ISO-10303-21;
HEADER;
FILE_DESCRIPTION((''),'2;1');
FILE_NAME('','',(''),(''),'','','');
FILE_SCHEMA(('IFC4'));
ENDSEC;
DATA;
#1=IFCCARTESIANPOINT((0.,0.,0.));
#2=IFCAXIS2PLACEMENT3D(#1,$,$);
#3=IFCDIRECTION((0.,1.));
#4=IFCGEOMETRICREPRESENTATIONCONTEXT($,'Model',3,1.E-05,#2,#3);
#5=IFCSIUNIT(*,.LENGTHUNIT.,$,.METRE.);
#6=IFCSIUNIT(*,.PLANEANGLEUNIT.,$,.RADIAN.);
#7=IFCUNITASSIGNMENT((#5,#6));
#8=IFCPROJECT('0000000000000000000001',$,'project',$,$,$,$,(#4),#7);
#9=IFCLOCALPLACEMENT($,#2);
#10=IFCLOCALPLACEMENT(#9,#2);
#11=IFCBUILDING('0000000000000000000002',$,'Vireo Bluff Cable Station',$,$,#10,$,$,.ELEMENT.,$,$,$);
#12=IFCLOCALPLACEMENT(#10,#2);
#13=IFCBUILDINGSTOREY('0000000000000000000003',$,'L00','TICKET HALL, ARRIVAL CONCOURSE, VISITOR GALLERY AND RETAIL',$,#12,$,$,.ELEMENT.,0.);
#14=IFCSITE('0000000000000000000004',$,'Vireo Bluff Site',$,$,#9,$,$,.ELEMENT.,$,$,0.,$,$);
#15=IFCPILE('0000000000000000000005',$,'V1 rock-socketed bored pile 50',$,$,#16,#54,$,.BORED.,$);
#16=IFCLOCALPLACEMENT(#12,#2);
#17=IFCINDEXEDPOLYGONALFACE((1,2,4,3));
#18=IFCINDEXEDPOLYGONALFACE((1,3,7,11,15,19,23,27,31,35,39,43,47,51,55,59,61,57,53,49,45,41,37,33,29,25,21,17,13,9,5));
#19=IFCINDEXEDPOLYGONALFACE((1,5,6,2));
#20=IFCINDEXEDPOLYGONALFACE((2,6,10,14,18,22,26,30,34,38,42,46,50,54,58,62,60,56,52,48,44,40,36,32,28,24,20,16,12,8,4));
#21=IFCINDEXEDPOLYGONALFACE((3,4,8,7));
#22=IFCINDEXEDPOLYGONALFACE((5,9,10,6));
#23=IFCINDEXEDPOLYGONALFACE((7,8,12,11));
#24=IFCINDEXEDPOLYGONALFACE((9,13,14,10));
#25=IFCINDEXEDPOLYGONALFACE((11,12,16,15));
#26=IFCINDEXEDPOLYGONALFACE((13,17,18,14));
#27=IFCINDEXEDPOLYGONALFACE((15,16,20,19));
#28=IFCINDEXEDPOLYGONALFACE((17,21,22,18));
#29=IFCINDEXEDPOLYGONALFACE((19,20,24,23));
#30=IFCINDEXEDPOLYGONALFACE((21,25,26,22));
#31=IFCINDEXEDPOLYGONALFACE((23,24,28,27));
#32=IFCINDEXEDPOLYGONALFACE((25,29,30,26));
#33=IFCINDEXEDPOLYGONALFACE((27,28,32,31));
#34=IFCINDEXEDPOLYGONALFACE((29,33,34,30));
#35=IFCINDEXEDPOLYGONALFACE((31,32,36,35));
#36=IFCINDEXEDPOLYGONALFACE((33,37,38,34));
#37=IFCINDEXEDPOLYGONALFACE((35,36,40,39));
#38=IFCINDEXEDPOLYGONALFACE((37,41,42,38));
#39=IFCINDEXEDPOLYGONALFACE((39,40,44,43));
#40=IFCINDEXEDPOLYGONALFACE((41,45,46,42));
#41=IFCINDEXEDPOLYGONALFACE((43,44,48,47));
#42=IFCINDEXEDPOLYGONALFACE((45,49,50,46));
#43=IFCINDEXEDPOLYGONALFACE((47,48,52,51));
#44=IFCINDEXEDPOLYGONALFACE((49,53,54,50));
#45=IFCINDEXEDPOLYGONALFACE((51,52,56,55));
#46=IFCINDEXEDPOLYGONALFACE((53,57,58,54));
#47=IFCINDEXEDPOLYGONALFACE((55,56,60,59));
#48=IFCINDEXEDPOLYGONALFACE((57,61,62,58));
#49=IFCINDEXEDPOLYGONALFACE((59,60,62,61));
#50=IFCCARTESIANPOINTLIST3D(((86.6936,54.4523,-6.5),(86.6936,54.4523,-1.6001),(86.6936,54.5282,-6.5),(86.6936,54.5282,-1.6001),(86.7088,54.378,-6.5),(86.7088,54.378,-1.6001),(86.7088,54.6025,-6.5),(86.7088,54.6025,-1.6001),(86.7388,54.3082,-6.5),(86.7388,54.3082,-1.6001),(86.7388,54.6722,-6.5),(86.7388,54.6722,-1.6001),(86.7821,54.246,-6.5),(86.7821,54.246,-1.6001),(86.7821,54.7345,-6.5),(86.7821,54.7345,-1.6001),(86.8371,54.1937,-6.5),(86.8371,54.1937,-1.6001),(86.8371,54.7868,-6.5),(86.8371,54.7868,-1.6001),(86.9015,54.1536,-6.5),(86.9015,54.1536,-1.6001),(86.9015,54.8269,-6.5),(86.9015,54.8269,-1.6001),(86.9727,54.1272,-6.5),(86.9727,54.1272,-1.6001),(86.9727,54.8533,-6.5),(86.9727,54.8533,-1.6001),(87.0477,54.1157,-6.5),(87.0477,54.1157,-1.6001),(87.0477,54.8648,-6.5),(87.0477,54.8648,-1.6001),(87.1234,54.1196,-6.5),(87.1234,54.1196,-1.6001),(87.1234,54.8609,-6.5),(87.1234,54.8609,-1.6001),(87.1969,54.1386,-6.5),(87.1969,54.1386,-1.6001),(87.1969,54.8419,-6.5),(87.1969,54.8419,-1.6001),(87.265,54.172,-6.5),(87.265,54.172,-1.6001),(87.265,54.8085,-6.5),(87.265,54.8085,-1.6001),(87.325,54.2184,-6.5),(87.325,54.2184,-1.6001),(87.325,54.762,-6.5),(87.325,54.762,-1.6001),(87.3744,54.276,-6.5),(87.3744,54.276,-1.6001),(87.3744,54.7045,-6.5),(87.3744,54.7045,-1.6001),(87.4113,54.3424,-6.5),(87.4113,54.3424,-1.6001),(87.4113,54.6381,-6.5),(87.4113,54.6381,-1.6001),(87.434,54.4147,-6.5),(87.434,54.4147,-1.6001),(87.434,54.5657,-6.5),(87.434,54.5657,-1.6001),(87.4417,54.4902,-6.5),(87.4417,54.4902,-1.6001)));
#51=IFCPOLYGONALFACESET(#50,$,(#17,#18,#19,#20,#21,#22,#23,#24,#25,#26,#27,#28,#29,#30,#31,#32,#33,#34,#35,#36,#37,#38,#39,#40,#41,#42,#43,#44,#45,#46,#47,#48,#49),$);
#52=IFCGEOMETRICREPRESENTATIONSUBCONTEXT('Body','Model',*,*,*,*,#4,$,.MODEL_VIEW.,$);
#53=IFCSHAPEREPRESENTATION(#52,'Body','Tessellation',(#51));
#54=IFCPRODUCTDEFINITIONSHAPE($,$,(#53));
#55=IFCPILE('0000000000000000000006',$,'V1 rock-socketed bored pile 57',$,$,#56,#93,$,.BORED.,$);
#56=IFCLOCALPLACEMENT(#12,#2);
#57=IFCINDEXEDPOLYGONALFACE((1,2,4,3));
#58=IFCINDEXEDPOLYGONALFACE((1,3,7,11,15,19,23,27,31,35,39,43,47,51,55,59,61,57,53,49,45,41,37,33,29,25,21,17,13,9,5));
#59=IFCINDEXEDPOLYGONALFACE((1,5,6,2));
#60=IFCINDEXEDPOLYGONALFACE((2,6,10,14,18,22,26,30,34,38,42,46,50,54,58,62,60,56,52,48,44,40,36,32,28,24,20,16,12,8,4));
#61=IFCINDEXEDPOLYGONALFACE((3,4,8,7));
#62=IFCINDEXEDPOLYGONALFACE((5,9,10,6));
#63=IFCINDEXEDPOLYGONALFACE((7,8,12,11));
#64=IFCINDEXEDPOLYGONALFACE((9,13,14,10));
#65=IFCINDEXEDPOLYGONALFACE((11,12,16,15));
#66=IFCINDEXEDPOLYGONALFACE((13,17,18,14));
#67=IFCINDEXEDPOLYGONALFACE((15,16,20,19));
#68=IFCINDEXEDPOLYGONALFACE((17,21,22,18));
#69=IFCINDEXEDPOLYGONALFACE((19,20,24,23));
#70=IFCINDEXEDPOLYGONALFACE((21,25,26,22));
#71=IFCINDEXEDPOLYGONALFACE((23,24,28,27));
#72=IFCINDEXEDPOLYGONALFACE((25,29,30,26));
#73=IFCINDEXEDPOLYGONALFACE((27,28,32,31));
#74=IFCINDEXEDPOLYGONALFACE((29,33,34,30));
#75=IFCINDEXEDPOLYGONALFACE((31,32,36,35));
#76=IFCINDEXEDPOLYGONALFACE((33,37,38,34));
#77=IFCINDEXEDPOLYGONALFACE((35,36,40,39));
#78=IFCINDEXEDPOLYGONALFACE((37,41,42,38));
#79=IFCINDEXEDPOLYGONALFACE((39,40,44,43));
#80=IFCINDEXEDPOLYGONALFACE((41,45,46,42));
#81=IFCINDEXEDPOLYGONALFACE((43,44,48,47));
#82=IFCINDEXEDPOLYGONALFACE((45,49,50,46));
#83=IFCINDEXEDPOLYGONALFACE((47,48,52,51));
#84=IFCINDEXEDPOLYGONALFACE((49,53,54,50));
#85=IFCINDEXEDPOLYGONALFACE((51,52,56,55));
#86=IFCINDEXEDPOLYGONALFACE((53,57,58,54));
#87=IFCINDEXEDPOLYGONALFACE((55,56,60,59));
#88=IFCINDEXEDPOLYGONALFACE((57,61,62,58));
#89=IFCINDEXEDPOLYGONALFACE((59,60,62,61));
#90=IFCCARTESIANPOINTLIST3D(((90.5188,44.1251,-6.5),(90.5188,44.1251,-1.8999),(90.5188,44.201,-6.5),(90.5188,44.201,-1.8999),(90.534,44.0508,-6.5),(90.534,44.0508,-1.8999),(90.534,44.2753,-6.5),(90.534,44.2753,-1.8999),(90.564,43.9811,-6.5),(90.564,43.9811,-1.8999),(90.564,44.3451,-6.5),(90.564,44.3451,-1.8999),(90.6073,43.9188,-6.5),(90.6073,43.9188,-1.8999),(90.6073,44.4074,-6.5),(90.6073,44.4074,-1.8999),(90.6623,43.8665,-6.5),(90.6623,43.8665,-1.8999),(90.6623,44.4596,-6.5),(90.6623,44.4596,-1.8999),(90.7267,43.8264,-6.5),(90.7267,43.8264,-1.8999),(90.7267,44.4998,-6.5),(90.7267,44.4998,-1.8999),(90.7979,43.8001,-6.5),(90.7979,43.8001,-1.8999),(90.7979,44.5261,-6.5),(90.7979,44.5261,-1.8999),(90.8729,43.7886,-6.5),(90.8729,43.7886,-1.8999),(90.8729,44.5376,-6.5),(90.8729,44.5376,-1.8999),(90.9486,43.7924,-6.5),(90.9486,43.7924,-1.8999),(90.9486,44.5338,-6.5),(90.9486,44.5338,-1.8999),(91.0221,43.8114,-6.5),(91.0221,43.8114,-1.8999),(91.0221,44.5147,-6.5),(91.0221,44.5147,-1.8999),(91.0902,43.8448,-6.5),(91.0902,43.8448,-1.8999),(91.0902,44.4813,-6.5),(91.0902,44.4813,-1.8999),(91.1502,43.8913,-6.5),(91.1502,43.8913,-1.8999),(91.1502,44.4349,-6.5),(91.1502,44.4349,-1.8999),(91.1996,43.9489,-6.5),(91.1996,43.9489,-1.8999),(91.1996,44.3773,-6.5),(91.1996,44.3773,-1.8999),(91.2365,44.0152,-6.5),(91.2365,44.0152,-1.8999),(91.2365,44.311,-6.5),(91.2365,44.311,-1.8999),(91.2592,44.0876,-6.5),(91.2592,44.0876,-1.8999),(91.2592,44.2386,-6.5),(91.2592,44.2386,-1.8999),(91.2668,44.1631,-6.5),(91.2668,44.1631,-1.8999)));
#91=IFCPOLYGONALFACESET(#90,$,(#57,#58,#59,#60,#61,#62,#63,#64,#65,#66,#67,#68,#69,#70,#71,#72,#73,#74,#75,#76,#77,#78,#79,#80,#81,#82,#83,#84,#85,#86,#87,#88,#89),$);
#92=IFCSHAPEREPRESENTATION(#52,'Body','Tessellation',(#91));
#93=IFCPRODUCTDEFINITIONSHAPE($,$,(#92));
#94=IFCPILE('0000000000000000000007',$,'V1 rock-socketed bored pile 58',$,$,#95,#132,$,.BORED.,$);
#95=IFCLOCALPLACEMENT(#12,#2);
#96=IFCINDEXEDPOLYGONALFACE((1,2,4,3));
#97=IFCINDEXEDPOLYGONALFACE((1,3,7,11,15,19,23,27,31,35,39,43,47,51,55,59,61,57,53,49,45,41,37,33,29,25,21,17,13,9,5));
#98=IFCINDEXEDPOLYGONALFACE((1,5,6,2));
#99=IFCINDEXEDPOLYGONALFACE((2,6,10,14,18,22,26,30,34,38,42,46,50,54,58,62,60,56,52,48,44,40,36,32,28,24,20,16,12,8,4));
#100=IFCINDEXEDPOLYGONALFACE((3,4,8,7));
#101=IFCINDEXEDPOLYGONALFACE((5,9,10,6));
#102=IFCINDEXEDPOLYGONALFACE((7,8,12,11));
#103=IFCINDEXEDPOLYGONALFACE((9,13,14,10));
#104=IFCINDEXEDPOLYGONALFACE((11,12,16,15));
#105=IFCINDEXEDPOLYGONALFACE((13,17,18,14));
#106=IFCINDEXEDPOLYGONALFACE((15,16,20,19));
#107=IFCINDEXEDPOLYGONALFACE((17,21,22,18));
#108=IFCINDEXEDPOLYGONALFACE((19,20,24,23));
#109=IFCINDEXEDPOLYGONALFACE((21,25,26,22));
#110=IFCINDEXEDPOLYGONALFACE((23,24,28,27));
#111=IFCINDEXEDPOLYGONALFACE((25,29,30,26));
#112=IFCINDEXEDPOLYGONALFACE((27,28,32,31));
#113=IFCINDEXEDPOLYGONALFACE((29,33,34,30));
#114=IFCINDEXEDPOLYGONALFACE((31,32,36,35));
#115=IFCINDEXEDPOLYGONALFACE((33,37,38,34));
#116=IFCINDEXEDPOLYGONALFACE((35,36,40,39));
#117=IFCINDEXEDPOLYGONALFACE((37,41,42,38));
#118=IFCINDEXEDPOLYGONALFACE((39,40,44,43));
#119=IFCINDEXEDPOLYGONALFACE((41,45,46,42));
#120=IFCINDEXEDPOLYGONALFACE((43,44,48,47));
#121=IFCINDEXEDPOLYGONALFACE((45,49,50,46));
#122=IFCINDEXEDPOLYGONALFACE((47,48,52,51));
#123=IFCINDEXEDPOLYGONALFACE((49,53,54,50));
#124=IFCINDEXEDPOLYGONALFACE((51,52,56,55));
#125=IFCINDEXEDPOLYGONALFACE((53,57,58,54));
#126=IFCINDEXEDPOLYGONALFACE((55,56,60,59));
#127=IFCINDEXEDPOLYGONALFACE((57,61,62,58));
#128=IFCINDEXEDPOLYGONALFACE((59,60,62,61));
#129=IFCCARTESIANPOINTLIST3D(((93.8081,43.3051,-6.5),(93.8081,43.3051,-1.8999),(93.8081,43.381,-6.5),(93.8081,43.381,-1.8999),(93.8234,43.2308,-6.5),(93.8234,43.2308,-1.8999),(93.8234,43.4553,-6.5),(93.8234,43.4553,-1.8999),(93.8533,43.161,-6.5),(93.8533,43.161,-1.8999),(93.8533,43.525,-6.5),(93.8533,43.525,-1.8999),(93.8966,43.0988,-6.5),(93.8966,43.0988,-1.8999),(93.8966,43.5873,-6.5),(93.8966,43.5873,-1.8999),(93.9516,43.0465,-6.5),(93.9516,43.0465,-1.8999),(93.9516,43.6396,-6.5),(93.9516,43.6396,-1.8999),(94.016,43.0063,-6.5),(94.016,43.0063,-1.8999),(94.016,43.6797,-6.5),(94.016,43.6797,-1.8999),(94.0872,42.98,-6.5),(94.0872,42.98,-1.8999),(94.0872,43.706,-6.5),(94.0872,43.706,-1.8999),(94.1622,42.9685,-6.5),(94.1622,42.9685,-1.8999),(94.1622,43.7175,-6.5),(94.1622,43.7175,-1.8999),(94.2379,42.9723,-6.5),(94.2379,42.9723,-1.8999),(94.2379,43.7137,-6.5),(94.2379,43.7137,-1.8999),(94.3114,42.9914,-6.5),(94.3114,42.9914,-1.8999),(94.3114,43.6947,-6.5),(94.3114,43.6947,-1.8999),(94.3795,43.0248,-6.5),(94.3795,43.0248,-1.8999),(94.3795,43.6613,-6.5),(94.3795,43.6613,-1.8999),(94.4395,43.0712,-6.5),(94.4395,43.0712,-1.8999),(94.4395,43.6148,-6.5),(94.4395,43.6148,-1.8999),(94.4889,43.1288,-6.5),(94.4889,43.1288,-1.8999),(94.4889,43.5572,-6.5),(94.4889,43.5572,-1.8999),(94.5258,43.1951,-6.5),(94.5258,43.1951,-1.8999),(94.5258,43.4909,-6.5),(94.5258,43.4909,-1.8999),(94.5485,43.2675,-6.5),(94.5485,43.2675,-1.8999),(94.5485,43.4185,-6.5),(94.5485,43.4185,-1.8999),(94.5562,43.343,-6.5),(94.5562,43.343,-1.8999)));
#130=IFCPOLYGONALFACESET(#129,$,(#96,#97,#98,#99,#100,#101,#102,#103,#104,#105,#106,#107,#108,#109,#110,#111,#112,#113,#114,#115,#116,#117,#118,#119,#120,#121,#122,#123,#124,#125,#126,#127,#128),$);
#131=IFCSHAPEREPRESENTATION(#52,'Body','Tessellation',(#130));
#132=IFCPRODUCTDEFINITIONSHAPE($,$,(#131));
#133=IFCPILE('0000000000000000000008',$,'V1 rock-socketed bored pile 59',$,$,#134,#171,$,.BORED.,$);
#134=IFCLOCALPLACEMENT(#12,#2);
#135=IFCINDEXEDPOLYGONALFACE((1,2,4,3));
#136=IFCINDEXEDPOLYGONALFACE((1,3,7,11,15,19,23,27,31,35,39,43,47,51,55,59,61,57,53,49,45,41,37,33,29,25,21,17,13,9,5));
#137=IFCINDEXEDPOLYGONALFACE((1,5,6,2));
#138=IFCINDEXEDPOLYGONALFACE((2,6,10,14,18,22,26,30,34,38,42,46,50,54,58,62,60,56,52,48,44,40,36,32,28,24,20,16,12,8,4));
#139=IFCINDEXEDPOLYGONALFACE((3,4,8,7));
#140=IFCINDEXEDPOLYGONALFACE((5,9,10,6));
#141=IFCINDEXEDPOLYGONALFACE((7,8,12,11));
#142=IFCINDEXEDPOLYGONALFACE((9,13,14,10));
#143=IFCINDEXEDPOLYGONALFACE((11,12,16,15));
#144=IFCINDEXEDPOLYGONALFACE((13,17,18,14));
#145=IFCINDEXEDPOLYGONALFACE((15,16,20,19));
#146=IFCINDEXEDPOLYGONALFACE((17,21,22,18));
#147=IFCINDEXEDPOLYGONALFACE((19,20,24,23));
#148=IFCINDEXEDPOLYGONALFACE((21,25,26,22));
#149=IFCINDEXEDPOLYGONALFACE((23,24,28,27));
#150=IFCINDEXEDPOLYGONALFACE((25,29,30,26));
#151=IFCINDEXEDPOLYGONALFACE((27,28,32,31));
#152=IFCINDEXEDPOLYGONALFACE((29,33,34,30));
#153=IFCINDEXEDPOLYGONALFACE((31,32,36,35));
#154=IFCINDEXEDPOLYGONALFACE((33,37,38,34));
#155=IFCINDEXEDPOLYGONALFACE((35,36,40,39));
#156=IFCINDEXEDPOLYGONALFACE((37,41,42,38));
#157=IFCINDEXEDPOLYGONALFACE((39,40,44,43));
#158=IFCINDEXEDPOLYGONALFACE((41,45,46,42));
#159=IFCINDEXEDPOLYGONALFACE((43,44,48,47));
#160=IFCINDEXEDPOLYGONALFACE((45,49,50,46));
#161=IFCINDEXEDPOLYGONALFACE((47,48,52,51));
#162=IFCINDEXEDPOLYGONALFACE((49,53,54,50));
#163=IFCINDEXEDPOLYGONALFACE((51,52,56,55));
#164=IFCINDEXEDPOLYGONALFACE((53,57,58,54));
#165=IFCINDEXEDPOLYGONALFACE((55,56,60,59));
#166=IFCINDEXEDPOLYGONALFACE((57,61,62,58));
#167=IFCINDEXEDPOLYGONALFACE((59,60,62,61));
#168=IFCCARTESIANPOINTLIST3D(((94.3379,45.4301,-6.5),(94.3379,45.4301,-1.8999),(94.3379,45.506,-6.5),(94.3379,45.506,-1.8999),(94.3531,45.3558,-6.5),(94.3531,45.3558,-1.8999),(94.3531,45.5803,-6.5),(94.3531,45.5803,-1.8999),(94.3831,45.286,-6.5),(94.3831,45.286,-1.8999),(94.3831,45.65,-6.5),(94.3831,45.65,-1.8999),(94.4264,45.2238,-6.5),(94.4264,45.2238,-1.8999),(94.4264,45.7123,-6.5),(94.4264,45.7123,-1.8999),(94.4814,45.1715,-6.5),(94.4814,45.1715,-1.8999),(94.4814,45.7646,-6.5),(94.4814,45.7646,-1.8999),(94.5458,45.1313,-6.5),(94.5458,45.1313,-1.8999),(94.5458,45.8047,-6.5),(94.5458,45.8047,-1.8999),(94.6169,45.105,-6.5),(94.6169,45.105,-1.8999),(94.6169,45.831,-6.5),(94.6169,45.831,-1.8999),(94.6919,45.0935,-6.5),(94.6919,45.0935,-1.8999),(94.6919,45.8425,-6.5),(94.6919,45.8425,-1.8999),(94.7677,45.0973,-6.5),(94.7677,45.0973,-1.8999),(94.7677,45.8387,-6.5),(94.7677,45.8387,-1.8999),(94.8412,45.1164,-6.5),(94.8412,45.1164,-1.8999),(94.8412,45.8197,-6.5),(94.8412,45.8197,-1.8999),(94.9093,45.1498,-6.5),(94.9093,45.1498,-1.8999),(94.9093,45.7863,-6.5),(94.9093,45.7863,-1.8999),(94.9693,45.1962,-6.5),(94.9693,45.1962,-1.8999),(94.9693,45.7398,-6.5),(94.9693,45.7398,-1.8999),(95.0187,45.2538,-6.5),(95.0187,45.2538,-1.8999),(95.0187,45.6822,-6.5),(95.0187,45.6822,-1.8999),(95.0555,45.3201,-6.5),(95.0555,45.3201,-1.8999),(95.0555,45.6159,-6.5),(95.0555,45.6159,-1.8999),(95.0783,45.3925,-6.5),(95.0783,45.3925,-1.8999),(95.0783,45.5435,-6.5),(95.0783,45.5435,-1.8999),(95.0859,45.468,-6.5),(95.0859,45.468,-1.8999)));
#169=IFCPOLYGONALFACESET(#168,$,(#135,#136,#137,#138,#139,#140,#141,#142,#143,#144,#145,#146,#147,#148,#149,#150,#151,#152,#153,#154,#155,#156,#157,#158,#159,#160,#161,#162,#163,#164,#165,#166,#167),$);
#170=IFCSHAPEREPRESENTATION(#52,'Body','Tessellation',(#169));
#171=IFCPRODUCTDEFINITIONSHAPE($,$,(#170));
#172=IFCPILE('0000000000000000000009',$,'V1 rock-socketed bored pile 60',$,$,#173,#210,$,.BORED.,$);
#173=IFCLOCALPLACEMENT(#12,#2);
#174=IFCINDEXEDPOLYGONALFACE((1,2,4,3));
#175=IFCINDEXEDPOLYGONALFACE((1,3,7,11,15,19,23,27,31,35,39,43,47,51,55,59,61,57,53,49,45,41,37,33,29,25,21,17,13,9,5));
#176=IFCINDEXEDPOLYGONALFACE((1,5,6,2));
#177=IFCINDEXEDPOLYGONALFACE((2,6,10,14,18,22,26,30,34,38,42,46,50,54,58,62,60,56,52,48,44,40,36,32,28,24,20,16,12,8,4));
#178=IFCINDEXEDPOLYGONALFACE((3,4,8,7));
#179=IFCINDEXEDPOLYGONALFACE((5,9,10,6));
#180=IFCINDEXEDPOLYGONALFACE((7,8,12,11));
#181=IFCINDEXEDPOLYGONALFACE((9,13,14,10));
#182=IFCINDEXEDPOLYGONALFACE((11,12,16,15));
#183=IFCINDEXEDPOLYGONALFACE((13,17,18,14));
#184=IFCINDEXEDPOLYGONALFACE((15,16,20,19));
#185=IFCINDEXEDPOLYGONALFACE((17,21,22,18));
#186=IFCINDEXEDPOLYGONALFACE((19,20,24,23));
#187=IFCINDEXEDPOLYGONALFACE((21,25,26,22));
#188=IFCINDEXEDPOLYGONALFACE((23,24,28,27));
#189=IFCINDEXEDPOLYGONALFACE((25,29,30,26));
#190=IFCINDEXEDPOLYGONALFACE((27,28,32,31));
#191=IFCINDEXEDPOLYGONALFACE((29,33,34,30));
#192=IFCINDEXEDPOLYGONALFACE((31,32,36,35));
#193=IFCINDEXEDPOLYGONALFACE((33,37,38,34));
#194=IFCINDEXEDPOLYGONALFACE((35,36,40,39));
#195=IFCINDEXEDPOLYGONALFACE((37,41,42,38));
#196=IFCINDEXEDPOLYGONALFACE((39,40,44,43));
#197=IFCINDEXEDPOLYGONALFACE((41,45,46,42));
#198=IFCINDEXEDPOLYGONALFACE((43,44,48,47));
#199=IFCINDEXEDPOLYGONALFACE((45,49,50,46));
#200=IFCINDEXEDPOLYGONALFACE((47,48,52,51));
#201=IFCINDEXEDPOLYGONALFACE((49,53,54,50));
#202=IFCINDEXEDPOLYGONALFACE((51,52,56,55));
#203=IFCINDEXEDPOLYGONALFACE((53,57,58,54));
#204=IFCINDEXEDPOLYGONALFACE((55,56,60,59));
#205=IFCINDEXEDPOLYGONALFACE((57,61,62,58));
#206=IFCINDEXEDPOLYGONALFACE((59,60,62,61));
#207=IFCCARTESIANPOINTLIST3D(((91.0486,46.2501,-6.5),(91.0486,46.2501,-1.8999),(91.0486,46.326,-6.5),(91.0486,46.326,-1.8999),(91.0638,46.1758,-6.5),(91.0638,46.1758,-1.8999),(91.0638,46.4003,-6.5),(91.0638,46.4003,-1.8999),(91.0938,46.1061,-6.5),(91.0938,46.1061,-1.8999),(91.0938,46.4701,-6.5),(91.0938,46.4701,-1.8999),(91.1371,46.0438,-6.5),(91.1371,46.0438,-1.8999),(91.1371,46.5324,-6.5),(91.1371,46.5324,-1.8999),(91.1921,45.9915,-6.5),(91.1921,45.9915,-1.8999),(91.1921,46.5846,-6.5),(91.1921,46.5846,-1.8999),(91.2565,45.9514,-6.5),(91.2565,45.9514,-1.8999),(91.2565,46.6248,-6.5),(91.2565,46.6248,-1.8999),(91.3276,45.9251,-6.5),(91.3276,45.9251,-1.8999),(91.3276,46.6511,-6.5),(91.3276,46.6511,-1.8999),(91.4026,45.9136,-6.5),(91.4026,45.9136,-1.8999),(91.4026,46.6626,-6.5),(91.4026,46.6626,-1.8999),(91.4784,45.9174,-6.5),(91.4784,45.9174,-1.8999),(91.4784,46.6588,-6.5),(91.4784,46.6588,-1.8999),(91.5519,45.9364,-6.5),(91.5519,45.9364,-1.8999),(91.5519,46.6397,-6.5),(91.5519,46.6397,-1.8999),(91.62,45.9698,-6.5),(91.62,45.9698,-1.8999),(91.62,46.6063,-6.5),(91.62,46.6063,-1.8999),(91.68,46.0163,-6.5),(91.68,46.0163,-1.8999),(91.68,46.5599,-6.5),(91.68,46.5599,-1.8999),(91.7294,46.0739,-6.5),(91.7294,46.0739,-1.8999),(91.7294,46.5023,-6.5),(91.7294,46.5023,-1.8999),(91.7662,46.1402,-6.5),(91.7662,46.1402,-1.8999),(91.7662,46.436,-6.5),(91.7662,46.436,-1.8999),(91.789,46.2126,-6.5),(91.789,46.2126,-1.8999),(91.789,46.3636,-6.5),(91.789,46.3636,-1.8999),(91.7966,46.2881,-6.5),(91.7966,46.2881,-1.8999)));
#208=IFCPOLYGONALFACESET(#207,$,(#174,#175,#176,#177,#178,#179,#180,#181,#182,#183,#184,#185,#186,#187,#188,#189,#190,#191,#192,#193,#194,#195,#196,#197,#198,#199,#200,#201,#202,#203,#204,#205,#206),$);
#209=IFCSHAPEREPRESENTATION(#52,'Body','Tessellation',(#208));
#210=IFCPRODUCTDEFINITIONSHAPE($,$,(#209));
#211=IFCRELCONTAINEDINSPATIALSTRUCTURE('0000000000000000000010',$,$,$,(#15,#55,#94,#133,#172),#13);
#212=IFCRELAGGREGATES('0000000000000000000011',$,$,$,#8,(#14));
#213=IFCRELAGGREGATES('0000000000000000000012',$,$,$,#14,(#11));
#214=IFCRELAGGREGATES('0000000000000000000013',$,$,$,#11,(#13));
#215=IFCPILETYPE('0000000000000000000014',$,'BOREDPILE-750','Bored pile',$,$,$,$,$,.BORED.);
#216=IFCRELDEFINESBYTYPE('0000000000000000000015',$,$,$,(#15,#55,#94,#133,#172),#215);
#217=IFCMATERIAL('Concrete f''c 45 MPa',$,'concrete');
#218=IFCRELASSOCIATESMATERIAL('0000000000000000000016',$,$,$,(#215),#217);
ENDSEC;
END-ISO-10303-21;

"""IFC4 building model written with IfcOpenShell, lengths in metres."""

from ifc_helpers import new_model, si_unit, direction, frame, origin, origin_2d, place, context, subcontext, project, spatial, circle, extrude, material, material_profile, profile_set, type_object, element, save


model = new_model("IFC4")

# Units and contexts
model_context = context("Model", 3, precision=1e-05, world=origin(), true_north=direction((0.0, 1.0)))
body_context = subcontext(model_context, "Body", "Model", "MODEL_VIEW")
ifc_project = project(units=[si_unit("LENGTHUNIT", "METRE"), si_unit("PLANEANGLEUNIT", "RADIAN")], contexts=[model_context])

# Site, building, storey
site_placement = place(None, origin())
site = spatial("IfcSite", under=ifc_project, at=site_placement, Name="Vireo Bluff Site", CompositionType="ELEMENT", RefElevation=0.0)
building_placement = place(site_placement, origin())
building = spatial("IfcBuilding", under=site, at=building_placement, Name="Vireo Bluff Cable Station", CompositionType="ELEMENT")
storey_placement = place(building_placement, origin())
storey = spatial("IfcBuildingStorey", under=building, at=storey_placement, Name="L00", Description="TICKET HALL, ARRIVAL CONCOURSE, VISITOR GALLERY AND RETAIL", CompositionType="ELEMENT", Elevation=0.0)

# Piles
ifc_material_1 = material(Name="Concrete f'c 45 MPa", Category="concrete")
ifc_material_profile_1 = material_profile(ifc_material_1, circle(Radius=0.375, at=origin_2d()), Name="BOREDPILE-750")
ifc_profile_set_1 = profile_set([ifc_material_profile_1], Name="Concrete f'c 45 MPa")
pile_type_1 = type_object("IfcPileType", Name="BOREDPILE-750", Description="Bored pile", PredefinedType="BORED", material=ifc_profile_set_1)
pile_placement = place(storey_placement, frame((87.0667, 54.4902, -1.6001), z_axis=(0.0, 0.0, -1.0), x_axis=(1.0, 0.0, 0.0)))
element("IfcPile", 1, at=pile_placement, inside=storey, type_object=pile_type_1, Name="V1 rock-socketed bored pile 50", PredefinedType="BORED", context=body_context, shape_type="SweptSolid", body=[
    extrude(circle(Radius=0.375, at=origin_2d()), origin(), (0.0, 0.0, 1.0), 4.8999),
])
for number, where, z_axis, x_axis, name in (
    (2, (90.8918, 44.1631, -1.8999), (0.0, 0.0, -1.0), (1.0, 0.0, 0.0), "V1 rock-socketed bored pile 57"),
    (3, (94.1812, 43.343, -1.8999), (0.0, 0.0, -1.0), (1.0, 0.0, 0.0), "V1 rock-socketed bored pile 58"),
    (4, (94.7109, 45.468, -1.8999), (0.0, 0.0, -1.0), (1.0, 0.0, 0.0), "V1 rock-socketed bored pile 59"),
    (5, (91.4216, 46.2881, -1.8999), (0.0, 0.0, -1.0), (1.0, 0.0, 0.0), "V1 rock-socketed bored pile 60"),
):
    element("IfcPile", number, at=place(storey_placement, frame(where, z_axis=z_axis, x_axis=x_axis)), inside=storey, type_object=pile_type_1, Name=name, PredefinedType="BORED", context=body_context, shape_type="SweptSolid", body=[
        extrude(circle(Radius=0.375, at=origin_2d()), origin(), (0.0, 0.0, 1.0), 4.6001),
    ])

save(model, "model.ifc")
